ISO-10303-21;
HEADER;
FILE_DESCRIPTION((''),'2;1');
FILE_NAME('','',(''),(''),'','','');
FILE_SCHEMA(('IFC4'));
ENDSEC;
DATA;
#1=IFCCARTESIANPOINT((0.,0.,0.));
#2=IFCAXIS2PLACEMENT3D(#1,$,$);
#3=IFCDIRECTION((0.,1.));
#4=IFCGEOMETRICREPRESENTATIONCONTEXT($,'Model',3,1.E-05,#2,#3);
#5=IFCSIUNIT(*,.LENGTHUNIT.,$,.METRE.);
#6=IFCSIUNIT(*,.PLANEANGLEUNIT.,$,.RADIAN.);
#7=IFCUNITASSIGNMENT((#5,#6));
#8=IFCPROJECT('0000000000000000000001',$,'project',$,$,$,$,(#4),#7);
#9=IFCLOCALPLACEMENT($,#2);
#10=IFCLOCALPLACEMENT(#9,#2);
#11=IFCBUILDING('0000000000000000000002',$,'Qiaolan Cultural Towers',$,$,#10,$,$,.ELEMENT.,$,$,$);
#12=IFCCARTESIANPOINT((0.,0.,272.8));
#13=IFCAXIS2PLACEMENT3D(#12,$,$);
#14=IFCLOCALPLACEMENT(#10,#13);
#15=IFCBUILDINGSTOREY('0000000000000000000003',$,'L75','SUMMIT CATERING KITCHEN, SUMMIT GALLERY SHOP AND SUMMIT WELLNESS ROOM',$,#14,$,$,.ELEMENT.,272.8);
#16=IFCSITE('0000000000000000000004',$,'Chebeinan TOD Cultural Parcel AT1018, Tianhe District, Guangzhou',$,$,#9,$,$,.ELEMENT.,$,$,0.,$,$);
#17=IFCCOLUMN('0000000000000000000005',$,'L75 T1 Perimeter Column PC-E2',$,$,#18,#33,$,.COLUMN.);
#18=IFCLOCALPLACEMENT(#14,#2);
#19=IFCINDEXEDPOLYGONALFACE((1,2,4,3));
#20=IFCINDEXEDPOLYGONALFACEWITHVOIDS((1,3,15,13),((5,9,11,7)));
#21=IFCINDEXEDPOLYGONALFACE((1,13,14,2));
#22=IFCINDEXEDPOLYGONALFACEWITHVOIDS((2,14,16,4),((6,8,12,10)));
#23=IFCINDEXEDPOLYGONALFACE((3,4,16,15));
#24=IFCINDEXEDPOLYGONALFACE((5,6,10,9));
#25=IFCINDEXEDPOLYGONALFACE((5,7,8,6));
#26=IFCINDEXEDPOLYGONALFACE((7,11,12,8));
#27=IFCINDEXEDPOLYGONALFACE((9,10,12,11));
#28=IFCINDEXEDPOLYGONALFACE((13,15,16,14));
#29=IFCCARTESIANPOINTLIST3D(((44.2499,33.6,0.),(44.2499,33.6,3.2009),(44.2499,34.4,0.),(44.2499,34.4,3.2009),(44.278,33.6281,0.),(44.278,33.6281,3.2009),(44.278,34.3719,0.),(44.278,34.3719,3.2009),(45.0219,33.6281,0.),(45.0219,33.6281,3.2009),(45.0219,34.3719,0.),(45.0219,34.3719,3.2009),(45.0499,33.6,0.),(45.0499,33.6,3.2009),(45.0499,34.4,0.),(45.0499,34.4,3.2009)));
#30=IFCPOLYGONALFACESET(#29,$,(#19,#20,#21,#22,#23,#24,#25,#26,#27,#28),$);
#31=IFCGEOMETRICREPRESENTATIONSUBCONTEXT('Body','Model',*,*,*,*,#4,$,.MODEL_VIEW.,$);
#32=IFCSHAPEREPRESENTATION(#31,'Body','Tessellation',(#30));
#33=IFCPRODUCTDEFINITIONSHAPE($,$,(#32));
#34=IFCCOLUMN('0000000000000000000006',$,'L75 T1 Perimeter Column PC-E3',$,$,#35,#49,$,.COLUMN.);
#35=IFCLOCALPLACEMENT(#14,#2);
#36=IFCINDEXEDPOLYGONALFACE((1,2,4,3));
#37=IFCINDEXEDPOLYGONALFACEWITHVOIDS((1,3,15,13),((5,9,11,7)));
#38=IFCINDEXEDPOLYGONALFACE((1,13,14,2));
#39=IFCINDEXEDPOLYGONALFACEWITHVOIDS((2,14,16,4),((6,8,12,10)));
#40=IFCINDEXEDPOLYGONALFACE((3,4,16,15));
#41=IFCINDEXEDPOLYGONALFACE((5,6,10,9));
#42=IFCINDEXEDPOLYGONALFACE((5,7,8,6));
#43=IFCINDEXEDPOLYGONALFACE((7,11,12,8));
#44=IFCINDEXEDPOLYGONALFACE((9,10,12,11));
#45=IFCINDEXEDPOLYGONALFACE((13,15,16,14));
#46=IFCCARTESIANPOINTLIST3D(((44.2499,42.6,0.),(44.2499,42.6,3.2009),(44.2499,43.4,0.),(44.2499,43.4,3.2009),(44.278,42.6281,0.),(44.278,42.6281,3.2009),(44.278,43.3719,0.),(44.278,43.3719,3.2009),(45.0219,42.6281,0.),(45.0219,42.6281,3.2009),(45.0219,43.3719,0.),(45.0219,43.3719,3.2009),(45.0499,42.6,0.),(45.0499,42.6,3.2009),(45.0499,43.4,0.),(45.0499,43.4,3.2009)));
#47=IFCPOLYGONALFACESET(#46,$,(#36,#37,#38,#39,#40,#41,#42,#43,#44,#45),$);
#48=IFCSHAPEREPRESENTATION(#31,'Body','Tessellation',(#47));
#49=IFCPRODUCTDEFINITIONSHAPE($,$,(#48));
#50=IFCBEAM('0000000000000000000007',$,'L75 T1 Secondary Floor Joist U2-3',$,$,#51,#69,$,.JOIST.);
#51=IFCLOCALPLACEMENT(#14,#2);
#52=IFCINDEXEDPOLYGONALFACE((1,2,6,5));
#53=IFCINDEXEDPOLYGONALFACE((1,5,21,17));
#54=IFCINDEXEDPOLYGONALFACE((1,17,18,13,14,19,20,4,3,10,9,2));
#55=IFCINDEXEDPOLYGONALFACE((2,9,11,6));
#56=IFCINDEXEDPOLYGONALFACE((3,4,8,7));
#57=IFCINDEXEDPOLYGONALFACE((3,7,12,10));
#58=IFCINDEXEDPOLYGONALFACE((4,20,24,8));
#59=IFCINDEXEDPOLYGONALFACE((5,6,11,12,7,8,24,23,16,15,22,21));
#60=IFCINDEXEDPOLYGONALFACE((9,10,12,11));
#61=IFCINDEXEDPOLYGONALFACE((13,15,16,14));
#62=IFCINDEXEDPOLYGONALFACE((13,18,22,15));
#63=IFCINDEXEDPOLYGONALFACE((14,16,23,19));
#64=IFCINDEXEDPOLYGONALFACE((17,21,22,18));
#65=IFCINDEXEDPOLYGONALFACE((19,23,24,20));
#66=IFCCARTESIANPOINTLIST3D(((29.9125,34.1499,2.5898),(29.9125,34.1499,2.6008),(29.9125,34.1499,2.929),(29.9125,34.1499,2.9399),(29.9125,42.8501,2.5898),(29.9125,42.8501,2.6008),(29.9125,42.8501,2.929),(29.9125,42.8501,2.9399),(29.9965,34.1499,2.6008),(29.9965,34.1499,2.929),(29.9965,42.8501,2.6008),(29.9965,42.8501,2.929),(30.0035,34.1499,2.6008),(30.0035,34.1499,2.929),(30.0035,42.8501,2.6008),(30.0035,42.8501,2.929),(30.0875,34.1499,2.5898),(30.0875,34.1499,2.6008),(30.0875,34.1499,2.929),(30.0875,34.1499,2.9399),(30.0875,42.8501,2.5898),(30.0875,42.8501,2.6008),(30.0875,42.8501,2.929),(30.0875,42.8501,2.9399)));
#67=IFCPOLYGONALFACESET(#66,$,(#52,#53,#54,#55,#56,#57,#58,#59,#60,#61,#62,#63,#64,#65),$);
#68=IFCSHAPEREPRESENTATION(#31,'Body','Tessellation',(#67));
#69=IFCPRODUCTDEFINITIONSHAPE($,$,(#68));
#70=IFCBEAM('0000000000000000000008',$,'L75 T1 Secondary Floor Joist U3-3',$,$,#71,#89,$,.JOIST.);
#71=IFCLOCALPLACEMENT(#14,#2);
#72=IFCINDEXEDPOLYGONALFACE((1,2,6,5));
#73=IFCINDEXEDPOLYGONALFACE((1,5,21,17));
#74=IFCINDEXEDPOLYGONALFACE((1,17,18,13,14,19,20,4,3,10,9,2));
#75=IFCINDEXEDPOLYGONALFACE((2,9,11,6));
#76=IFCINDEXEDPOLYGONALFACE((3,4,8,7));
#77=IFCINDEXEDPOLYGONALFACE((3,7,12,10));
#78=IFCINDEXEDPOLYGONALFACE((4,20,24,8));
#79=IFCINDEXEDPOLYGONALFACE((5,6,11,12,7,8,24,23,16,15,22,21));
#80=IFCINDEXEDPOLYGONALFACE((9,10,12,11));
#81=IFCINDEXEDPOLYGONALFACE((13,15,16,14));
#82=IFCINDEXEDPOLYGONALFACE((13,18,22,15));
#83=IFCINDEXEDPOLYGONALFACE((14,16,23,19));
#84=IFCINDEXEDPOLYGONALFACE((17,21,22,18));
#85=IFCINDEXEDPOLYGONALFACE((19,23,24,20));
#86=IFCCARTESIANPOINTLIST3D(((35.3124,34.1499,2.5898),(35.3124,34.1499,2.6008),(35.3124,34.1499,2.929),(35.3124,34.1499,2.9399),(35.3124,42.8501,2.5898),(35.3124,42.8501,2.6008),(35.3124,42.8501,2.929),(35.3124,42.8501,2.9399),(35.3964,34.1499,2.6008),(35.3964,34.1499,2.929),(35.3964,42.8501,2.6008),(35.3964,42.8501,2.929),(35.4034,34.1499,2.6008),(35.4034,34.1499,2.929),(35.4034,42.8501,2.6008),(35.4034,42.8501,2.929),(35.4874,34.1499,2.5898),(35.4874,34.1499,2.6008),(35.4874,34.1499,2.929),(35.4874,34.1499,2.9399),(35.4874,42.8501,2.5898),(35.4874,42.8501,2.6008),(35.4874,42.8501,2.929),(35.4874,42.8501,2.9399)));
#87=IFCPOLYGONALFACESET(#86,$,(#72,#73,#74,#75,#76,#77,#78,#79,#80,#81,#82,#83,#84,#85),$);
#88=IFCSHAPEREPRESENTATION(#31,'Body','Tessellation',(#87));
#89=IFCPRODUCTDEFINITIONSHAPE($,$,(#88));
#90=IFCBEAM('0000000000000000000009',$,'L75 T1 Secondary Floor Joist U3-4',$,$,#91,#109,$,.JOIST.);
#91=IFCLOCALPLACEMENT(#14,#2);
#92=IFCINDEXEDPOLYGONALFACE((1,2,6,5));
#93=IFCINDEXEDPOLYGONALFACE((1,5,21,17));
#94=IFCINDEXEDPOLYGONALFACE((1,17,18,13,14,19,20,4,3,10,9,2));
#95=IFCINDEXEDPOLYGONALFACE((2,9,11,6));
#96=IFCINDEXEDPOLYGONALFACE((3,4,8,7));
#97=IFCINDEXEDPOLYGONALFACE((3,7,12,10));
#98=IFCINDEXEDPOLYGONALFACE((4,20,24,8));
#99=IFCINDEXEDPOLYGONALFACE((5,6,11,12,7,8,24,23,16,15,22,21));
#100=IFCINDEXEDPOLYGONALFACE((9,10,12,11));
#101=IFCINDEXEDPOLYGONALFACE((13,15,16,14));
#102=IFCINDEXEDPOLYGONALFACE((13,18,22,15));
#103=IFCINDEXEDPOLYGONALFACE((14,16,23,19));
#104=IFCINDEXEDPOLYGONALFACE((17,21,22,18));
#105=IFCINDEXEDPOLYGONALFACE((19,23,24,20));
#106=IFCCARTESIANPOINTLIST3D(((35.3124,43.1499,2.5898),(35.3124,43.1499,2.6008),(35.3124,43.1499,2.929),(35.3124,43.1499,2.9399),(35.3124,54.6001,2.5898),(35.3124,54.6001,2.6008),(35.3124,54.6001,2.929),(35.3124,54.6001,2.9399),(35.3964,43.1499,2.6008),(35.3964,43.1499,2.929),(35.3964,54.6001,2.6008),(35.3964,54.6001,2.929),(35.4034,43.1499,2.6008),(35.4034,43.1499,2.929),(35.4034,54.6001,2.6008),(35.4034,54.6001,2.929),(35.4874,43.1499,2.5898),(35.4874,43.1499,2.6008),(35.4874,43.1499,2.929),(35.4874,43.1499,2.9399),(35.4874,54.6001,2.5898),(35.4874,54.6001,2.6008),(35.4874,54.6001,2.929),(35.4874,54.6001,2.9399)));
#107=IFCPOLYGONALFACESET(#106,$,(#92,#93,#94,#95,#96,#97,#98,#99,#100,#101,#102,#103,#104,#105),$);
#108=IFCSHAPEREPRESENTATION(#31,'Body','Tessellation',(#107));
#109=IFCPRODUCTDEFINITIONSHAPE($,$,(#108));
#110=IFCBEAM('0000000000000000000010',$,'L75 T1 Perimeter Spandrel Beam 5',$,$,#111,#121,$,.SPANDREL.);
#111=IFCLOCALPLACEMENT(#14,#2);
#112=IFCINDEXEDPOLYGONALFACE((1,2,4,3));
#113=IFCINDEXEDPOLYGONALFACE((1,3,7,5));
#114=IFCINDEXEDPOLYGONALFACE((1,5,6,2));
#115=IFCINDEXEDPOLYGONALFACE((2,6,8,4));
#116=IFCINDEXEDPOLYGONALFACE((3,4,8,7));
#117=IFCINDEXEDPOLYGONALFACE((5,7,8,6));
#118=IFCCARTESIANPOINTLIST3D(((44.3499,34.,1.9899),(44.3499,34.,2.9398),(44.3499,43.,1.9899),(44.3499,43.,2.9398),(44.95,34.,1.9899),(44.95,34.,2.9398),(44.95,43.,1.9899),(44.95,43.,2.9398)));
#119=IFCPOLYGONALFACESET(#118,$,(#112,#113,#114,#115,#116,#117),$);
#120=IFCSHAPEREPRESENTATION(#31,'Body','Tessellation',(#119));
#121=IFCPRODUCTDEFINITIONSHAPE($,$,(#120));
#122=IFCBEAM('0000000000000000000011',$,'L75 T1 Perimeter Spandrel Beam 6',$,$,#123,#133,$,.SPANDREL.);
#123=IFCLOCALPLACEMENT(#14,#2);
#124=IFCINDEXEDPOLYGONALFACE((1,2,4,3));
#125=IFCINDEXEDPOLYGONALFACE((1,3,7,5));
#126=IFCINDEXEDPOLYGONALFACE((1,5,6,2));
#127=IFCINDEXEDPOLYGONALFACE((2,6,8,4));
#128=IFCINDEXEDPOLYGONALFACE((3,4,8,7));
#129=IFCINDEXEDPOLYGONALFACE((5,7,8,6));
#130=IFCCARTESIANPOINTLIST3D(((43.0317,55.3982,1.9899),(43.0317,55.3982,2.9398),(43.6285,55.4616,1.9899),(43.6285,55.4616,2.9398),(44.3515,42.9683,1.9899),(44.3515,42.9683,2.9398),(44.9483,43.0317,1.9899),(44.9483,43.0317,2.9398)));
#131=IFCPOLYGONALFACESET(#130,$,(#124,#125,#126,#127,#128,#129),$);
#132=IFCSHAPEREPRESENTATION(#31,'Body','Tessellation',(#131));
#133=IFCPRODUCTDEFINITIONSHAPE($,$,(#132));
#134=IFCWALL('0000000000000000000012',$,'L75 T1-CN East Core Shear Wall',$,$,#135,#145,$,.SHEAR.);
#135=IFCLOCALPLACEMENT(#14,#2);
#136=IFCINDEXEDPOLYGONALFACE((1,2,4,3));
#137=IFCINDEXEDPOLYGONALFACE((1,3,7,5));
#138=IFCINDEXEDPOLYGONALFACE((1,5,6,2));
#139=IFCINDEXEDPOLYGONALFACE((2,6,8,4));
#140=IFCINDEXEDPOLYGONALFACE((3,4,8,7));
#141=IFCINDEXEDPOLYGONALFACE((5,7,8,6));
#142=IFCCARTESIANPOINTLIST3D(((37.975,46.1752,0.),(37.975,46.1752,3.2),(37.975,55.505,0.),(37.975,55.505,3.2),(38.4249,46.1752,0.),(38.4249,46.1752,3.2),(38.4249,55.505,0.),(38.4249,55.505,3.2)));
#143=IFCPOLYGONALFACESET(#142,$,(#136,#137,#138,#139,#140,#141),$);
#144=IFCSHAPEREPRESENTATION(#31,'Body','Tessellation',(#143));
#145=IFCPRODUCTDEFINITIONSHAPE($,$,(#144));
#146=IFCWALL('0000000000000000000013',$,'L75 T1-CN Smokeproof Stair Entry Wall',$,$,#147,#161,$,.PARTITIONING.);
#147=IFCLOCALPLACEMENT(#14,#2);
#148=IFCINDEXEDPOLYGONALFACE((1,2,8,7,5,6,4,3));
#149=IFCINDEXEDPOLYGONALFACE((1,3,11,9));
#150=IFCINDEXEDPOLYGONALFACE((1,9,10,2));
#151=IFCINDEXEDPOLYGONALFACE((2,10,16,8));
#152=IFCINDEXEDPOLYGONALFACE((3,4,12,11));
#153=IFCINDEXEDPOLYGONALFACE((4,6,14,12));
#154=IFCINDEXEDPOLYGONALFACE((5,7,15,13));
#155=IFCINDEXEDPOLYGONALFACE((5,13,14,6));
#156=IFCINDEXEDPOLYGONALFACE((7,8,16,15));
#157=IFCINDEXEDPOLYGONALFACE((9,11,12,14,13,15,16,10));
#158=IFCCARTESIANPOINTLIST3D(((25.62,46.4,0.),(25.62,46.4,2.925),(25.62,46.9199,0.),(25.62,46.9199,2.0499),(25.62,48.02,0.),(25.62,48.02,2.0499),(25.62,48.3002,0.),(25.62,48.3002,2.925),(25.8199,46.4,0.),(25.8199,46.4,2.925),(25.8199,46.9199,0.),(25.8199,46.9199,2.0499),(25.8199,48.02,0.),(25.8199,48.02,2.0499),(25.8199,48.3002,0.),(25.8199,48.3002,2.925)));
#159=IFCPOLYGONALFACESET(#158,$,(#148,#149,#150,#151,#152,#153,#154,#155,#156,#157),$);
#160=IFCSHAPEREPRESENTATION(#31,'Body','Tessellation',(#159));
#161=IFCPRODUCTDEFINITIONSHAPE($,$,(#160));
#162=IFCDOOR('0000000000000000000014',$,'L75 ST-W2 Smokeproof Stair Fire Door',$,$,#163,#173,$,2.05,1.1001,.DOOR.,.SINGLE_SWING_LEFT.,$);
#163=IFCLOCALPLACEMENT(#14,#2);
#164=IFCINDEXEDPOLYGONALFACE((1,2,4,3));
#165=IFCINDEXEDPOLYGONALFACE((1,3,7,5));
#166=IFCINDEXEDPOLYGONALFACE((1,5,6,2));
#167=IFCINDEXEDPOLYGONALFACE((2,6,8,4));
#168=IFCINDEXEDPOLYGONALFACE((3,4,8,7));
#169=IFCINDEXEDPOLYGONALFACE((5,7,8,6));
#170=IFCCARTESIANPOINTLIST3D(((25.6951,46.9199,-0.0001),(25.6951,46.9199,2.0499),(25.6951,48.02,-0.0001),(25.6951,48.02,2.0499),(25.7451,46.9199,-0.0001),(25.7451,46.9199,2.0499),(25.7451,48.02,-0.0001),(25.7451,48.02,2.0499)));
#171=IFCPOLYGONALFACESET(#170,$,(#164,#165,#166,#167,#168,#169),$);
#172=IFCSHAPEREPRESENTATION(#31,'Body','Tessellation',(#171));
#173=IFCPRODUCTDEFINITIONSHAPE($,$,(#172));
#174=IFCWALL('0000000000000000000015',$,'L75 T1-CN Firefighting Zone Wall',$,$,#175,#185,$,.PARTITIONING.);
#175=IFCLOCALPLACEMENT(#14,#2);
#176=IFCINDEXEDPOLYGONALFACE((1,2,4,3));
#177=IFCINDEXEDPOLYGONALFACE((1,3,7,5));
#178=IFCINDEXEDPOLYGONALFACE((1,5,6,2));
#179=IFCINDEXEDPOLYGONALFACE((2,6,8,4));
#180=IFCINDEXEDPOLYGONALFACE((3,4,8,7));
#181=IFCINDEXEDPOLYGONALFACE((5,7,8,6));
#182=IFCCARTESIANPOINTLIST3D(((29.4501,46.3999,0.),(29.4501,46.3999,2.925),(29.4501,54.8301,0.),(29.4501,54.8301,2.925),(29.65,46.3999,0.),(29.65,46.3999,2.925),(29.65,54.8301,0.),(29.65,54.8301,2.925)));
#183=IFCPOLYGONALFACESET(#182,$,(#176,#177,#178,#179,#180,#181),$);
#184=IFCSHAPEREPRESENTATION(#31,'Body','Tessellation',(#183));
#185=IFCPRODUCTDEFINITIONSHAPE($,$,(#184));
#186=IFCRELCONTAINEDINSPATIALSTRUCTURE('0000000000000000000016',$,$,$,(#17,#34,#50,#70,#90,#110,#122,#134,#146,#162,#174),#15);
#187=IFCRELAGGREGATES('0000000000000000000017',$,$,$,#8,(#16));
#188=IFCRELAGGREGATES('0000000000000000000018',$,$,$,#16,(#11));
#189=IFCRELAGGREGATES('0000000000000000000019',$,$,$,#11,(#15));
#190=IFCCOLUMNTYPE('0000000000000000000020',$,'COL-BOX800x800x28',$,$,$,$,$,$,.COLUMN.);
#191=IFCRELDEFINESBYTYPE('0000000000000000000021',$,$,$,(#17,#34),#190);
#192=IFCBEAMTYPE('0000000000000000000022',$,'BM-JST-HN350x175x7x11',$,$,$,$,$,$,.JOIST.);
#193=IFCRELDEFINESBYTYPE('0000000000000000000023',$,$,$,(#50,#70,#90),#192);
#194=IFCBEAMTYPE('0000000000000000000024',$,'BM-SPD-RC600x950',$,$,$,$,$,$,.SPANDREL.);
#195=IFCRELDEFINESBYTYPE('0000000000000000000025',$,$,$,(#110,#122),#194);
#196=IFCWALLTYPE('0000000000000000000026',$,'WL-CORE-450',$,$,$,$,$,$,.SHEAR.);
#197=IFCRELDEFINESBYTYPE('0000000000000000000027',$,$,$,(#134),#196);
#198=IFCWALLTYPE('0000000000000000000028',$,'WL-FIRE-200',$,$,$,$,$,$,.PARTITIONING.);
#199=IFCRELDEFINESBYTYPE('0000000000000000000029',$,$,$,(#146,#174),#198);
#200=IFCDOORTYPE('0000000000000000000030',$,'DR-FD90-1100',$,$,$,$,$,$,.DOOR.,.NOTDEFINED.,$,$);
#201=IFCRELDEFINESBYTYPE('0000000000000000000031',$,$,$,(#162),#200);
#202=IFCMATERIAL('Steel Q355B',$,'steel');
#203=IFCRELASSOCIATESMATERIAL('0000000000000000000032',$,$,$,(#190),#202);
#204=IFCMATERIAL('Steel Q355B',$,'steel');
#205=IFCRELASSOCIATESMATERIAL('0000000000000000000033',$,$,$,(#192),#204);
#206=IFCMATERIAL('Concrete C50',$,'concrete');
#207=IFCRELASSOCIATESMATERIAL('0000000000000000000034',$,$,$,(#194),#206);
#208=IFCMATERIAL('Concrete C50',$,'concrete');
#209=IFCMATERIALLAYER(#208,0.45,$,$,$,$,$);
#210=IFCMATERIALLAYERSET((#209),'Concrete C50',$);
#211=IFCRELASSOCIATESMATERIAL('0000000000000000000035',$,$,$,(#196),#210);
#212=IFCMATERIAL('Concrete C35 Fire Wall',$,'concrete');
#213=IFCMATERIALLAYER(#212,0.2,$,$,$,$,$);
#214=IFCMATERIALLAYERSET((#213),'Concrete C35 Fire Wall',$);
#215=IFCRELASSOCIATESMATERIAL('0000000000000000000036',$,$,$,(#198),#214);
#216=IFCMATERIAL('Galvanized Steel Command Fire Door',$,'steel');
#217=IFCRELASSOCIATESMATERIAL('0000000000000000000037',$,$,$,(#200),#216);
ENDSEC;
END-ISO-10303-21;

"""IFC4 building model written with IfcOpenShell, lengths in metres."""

from ifc_helpers import new_model, si_unit, direction, frame, frame_2d, origin, origin_2d, place, context, subcontext, project, spatial, rectangle, hollow_rectangle, i_section, extrude, material, layer, layer_set, material_profile, profile_set, type_object, element, fill, save


model = new_model("IFC4")

# Units and contexts
model_context = context("Model", 3, precision=1e-05, world=origin(), true_north=direction((0.0, 1.0)))
body_context = subcontext(model_context, "Body", "Model", "MODEL_VIEW")
ifc_project = project(units=[si_unit("LENGTHUNIT", "METRE"), si_unit("PLANEANGLEUNIT", "RADIAN")], contexts=[model_context])

# Site, building, storey
site_placement = place(None, origin())
site = spatial("IfcSite", under=ifc_project, at=site_placement, Name="Chebeinan TOD Cultural Parcel AT1018, Tianhe District, Guangzhou", CompositionType="ELEMENT", RefElevation=0.0)
building_placement = place(site_placement, origin())
building = spatial("IfcBuilding", under=site, at=building_placement, Name="Qiaolan Cultural Towers", CompositionType="ELEMENT")
storey_placement = place(building_placement, frame((0.0, 0.0, 272.8)))
storey = spatial("IfcBuildingStorey", under=building, at=storey_placement, Name="L75", Description="SUMMIT CATERING KITCHEN, SUMMIT GALLERY SHOP AND SUMMIT WELLNESS ROOM", CompositionType="ELEMENT", Elevation=272.8)

# Columns
ifc_material_1 = material(Name="Steel Q355B", Category="steel")
ifc_material_profile_1 = material_profile(ifc_material_1, hollow_rectangle(XDim=0.8, YDim=0.8, WallThickness=0.0281, at=origin_2d()), Name="BOX800x800x28")
ifc_profile_set_1 = profile_set([ifc_material_profile_1], Name="Steel Q355B")
column_type = type_object("IfcColumnType", Name="COL-BOX800x800x28", PredefinedType="COLUMN", material=ifc_profile_set_1)
for number, where, z_axis, x_axis, name in (
    (1, (44.6499, 34.0, 0.0), (0.0, 0.0, 1.0), (1.0, 0.0, 0.0), "L75 T1 Perimeter Column PC-E2"),
    (2, (44.6499, 43.0, 0.0), (0.0, 0.0, 1.0), (1.0, 0.0, 0.0), "L75 T1 Perimeter Column PC-E3"),
):
    element("IfcColumn", number, at=place(storey_placement, frame(where, z_axis=z_axis, x_axis=x_axis)), inside=storey, type_object=column_type, Name=name, PredefinedType="COLUMN", context=body_context, shape_type="SweptSolid", body=[
        extrude(hollow_rectangle(XDim=0.8, YDim=0.8, WallThickness=0.0281, at=origin_2d()), origin(), (0.0, 0.0, 1.0), 3.2009),
    ])

# Beams
ifc_material_2 = material(Name="Steel Q355B", Category="steel")
ifc_material_profile_2 = material_profile(ifc_material_2, i_section(OverallWidth=0.175, OverallDepth=0.3501, WebThickness=0.0071, FlangeThickness=0.011, at=origin_2d()), Name="HN350x175x7x11")
ifc_profile_set_2 = profile_set([ifc_material_profile_2], Name="Steel Q355B")
beam_type_1 = type_object("IfcBeamType", Name="BM-JST-HN350x175x7x11", PredefinedType="JOIST", material=ifc_profile_set_2)
for number, where, z_axis, x_axis, name in (
    (3, (30.0, 34.1499, 2.7649), (0.0, 1.0, 0.0), (-1.0, 0.0, 0.0), "L75 T1 Secondary Floor Joist U2-3"),
    (4, (35.3999, 34.1499, 2.7649), (0.0, 1.0, 0.0), (-1.0, 0.0, 0.0), "L75 T1 Secondary Floor Joist U3-3"),
):
    element("IfcBeam", number, at=place(storey_placement, frame(where, z_axis=z_axis, x_axis=x_axis)), inside=storey, type_object=beam_type_1, Name=name, PredefinedType="JOIST", context=body_context, shape_type="SweptSolid", body=[
        extrude(i_section(OverallWidth=0.175, OverallDepth=0.3501, WebThickness=0.0071, FlangeThickness=0.011, at=origin_2d()), origin(), (0.0, 0.0, 1.0), 8.7002),
    ])
beam_1_placement = place(storey_placement, frame((35.3999, 43.1499, 2.7649), z_axis=(0.0, 1.0, 0.0), x_axis=(-1.0, 0.0, 0.0)))
element("IfcBeam", 5, at=beam_1_placement, inside=storey, type_object=beam_type_1, Name="L75 T1 Secondary Floor Joist U3-4", PredefinedType="JOIST", context=body_context, shape_type="SweptSolid", body=[
    extrude(i_section(OverallWidth=0.175, OverallDepth=0.3501, WebThickness=0.0071, FlangeThickness=0.011, at=origin_2d()), origin(), (0.0, 0.0, 1.0), 11.4502),
])
ifc_material_3 = material(Name="Concrete C50", Category="concrete")
ifc_material_profile_3 = material_profile(ifc_material_3, rectangle(XDim=0.6001, YDim=0.95, at=origin_2d()), Name="RC600x950")
ifc_profile_set_3 = profile_set([ifc_material_profile_3], Name="Concrete C50")
beam_type_2 = type_object("IfcBeamType", Name="BM-SPD-RC600x950", PredefinedType="SPANDREL", material=ifc_profile_set_3)
beam_2_placement = place(storey_placement, frame((44.6499, 34.0, 2.4648), z_axis=(0.0, 1.0, 0.0), x_axis=(-1.0, 0.0, 0.0)))
element("IfcBeam", 6, at=beam_2_placement, inside=storey, type_object=beam_type_2, Name="L75 T1 Perimeter Spandrel Beam 5", PredefinedType="SPANDREL", context=body_context, shape_type="SweptSolid", body=[
    extrude(rectangle(XDim=0.6001, YDim=0.95, at=origin_2d()), origin(), (0.0, 0.0, 1.0), 9.0),
])
beam_3_placement = place(storey_placement, frame((44.6499, 43.0, 2.4648), z_axis=(-0.105588, 0.99441, 0.0), x_axis=(-0.99441, -0.105588, 0.0)))
element("IfcBeam", 7, at=beam_3_placement, inside=storey, type_object=beam_type_2, Name="L75 T1 Perimeter Spandrel Beam 6", PredefinedType="SPANDREL", context=body_context, shape_type="SweptSolid", body=[
    extrude(rectangle(XDim=0.6001, YDim=0.95, at=origin_2d()), origin(), (0.0, 0.0, 1.0), 12.4998),
])

# Wall
ifc_material_4 = material(Name="Concrete C50", Category="concrete")
ifc_layer_1 = layer(ifc_material_4, 0.45)
ifc_layer_set_1 = layer_set([ifc_layer_1], Name="Concrete C50")
wall_type_1 = type_object("IfcWallType", Name="WL-CORE-450", PredefinedType="SHEAR", material=ifc_layer_set_1)
wall_1_placement = place(storey_placement, frame((38.2, 46.175, 0.0), z_axis=(0.0, 0.0, 1.0), x_axis=(0.0, 1.0, 0.0)))
element("IfcWall", 8, at=wall_1_placement, inside=storey, type_object=wall_type_1, Name="L75 T1-CN East Core Shear Wall", PredefinedType="SHEAR", context=body_context, shape_type="SweptSolid", body=[
    extrude(rectangle(XDim=9.3298, YDim=0.45, at=frame_2d((4.665, 0.0))), origin(), (0.0, 0.0, 1.0), 3.2),
])

# Wall, opening, door
ifc_material_5 = material(Name="Concrete C35 Fire Wall", Category="concrete")
ifc_layer_2 = layer(ifc_material_5, 0.2)
ifc_layer_set_2 = layer_set([ifc_layer_2], Name="Concrete C35 Fire Wall")
wall_type_2 = type_object("IfcWallType", Name="WL-FIRE-200", PredefinedType="PARTITIONING", material=ifc_layer_set_2)
wall_2_placement = place(storey_placement, frame((25.72, 46.3999, 0.0), z_axis=(0.0, 0.0, 1.0), x_axis=(0.0, 1.0, 0.0)))
wall_2 = element("IfcWall", 9, at=wall_2_placement, inside=storey, type_object=wall_type_2, Name="L75 T1-CN Smokeproof Stair Entry Wall", PredefinedType="PARTITIONING", context=body_context, shape_type="SweptSolid", body=[
    extrude(rectangle(XDim=1.9001, YDim=0.2, at=frame_2d((0.9502, 0.0))), origin(), (0.0, 0.0, 1.0), 2.925),
])
opening_1_placement = place(wall_2_placement, frame((0.52, 0.0, 0.0)))
opening_1 = element("IfcOpeningElement", 10, at=opening_1_placement, cuts=wall_2, PredefinedType="OPENING", context=body_context, shape_type="SweptSolid", body=[
    extrude(rectangle(XDim=1.1001, YDim=2.05, at=frame_2d((0.55, 1.0249))), frame((0.0, 0.1099, 0.0), z_axis=(0.0, -1.0, 0.0), x_axis=(1.0, 0.0, 0.0)), (0.0, 0.0, 1.0), 0.22),
])
ifc_material_6 = material(Name="Galvanized Steel Command Fire Door", Category="steel")
door_type_1 = type_object("IfcDoorType", Name="DR-FD90-1100", OperationType="NOTDEFINED", PredefinedType="DOOR", material=ifc_material_6)
door_1_placement = place(opening_1_placement, origin())
door_1 = element("IfcDoor", 11, at=door_1_placement, inside=storey, type_object=door_type_1, Name="L75 ST-W2 Smokeproof Stair Fire Door", OperationType="SINGLE_SWING_LEFT", OverallHeight=2.05, OverallWidth=1.1001, PredefinedType="DOOR", context=body_context, shape_type="SweptSolid", body=[
    extrude(rectangle(XDim=1.1001, YDim=2.05, at=frame_2d((0.55, 1.0249))), frame((0.0, 0.0249, 0.0), z_axis=(0.0, -1.0, 0.0), x_axis=(1.0, 0.0, 0.0)), (0.0, 0.0, 1.0), 0.05),
])
fill(opening_1, door_1)

# Wall
wall_3_placement = place(storey_placement, frame((29.55, 46.3999, 0.0), z_axis=(0.0, 0.0, 1.0), x_axis=(0.0, 1.0, 0.0)))
element("IfcWall", 12, at=wall_3_placement, inside=storey, type_object=wall_type_2, Name="L75 T1-CN Firefighting Zone Wall", PredefinedType="PARTITIONING", context=body_context, shape_type="SweptSolid", body=[
    extrude(rectangle(XDim=8.4302, YDim=0.2, at=frame_2d((4.2151, 0.0))), origin(), (0.0, 0.0, 1.0), 2.925),
])

save(model, "model.ifc")
